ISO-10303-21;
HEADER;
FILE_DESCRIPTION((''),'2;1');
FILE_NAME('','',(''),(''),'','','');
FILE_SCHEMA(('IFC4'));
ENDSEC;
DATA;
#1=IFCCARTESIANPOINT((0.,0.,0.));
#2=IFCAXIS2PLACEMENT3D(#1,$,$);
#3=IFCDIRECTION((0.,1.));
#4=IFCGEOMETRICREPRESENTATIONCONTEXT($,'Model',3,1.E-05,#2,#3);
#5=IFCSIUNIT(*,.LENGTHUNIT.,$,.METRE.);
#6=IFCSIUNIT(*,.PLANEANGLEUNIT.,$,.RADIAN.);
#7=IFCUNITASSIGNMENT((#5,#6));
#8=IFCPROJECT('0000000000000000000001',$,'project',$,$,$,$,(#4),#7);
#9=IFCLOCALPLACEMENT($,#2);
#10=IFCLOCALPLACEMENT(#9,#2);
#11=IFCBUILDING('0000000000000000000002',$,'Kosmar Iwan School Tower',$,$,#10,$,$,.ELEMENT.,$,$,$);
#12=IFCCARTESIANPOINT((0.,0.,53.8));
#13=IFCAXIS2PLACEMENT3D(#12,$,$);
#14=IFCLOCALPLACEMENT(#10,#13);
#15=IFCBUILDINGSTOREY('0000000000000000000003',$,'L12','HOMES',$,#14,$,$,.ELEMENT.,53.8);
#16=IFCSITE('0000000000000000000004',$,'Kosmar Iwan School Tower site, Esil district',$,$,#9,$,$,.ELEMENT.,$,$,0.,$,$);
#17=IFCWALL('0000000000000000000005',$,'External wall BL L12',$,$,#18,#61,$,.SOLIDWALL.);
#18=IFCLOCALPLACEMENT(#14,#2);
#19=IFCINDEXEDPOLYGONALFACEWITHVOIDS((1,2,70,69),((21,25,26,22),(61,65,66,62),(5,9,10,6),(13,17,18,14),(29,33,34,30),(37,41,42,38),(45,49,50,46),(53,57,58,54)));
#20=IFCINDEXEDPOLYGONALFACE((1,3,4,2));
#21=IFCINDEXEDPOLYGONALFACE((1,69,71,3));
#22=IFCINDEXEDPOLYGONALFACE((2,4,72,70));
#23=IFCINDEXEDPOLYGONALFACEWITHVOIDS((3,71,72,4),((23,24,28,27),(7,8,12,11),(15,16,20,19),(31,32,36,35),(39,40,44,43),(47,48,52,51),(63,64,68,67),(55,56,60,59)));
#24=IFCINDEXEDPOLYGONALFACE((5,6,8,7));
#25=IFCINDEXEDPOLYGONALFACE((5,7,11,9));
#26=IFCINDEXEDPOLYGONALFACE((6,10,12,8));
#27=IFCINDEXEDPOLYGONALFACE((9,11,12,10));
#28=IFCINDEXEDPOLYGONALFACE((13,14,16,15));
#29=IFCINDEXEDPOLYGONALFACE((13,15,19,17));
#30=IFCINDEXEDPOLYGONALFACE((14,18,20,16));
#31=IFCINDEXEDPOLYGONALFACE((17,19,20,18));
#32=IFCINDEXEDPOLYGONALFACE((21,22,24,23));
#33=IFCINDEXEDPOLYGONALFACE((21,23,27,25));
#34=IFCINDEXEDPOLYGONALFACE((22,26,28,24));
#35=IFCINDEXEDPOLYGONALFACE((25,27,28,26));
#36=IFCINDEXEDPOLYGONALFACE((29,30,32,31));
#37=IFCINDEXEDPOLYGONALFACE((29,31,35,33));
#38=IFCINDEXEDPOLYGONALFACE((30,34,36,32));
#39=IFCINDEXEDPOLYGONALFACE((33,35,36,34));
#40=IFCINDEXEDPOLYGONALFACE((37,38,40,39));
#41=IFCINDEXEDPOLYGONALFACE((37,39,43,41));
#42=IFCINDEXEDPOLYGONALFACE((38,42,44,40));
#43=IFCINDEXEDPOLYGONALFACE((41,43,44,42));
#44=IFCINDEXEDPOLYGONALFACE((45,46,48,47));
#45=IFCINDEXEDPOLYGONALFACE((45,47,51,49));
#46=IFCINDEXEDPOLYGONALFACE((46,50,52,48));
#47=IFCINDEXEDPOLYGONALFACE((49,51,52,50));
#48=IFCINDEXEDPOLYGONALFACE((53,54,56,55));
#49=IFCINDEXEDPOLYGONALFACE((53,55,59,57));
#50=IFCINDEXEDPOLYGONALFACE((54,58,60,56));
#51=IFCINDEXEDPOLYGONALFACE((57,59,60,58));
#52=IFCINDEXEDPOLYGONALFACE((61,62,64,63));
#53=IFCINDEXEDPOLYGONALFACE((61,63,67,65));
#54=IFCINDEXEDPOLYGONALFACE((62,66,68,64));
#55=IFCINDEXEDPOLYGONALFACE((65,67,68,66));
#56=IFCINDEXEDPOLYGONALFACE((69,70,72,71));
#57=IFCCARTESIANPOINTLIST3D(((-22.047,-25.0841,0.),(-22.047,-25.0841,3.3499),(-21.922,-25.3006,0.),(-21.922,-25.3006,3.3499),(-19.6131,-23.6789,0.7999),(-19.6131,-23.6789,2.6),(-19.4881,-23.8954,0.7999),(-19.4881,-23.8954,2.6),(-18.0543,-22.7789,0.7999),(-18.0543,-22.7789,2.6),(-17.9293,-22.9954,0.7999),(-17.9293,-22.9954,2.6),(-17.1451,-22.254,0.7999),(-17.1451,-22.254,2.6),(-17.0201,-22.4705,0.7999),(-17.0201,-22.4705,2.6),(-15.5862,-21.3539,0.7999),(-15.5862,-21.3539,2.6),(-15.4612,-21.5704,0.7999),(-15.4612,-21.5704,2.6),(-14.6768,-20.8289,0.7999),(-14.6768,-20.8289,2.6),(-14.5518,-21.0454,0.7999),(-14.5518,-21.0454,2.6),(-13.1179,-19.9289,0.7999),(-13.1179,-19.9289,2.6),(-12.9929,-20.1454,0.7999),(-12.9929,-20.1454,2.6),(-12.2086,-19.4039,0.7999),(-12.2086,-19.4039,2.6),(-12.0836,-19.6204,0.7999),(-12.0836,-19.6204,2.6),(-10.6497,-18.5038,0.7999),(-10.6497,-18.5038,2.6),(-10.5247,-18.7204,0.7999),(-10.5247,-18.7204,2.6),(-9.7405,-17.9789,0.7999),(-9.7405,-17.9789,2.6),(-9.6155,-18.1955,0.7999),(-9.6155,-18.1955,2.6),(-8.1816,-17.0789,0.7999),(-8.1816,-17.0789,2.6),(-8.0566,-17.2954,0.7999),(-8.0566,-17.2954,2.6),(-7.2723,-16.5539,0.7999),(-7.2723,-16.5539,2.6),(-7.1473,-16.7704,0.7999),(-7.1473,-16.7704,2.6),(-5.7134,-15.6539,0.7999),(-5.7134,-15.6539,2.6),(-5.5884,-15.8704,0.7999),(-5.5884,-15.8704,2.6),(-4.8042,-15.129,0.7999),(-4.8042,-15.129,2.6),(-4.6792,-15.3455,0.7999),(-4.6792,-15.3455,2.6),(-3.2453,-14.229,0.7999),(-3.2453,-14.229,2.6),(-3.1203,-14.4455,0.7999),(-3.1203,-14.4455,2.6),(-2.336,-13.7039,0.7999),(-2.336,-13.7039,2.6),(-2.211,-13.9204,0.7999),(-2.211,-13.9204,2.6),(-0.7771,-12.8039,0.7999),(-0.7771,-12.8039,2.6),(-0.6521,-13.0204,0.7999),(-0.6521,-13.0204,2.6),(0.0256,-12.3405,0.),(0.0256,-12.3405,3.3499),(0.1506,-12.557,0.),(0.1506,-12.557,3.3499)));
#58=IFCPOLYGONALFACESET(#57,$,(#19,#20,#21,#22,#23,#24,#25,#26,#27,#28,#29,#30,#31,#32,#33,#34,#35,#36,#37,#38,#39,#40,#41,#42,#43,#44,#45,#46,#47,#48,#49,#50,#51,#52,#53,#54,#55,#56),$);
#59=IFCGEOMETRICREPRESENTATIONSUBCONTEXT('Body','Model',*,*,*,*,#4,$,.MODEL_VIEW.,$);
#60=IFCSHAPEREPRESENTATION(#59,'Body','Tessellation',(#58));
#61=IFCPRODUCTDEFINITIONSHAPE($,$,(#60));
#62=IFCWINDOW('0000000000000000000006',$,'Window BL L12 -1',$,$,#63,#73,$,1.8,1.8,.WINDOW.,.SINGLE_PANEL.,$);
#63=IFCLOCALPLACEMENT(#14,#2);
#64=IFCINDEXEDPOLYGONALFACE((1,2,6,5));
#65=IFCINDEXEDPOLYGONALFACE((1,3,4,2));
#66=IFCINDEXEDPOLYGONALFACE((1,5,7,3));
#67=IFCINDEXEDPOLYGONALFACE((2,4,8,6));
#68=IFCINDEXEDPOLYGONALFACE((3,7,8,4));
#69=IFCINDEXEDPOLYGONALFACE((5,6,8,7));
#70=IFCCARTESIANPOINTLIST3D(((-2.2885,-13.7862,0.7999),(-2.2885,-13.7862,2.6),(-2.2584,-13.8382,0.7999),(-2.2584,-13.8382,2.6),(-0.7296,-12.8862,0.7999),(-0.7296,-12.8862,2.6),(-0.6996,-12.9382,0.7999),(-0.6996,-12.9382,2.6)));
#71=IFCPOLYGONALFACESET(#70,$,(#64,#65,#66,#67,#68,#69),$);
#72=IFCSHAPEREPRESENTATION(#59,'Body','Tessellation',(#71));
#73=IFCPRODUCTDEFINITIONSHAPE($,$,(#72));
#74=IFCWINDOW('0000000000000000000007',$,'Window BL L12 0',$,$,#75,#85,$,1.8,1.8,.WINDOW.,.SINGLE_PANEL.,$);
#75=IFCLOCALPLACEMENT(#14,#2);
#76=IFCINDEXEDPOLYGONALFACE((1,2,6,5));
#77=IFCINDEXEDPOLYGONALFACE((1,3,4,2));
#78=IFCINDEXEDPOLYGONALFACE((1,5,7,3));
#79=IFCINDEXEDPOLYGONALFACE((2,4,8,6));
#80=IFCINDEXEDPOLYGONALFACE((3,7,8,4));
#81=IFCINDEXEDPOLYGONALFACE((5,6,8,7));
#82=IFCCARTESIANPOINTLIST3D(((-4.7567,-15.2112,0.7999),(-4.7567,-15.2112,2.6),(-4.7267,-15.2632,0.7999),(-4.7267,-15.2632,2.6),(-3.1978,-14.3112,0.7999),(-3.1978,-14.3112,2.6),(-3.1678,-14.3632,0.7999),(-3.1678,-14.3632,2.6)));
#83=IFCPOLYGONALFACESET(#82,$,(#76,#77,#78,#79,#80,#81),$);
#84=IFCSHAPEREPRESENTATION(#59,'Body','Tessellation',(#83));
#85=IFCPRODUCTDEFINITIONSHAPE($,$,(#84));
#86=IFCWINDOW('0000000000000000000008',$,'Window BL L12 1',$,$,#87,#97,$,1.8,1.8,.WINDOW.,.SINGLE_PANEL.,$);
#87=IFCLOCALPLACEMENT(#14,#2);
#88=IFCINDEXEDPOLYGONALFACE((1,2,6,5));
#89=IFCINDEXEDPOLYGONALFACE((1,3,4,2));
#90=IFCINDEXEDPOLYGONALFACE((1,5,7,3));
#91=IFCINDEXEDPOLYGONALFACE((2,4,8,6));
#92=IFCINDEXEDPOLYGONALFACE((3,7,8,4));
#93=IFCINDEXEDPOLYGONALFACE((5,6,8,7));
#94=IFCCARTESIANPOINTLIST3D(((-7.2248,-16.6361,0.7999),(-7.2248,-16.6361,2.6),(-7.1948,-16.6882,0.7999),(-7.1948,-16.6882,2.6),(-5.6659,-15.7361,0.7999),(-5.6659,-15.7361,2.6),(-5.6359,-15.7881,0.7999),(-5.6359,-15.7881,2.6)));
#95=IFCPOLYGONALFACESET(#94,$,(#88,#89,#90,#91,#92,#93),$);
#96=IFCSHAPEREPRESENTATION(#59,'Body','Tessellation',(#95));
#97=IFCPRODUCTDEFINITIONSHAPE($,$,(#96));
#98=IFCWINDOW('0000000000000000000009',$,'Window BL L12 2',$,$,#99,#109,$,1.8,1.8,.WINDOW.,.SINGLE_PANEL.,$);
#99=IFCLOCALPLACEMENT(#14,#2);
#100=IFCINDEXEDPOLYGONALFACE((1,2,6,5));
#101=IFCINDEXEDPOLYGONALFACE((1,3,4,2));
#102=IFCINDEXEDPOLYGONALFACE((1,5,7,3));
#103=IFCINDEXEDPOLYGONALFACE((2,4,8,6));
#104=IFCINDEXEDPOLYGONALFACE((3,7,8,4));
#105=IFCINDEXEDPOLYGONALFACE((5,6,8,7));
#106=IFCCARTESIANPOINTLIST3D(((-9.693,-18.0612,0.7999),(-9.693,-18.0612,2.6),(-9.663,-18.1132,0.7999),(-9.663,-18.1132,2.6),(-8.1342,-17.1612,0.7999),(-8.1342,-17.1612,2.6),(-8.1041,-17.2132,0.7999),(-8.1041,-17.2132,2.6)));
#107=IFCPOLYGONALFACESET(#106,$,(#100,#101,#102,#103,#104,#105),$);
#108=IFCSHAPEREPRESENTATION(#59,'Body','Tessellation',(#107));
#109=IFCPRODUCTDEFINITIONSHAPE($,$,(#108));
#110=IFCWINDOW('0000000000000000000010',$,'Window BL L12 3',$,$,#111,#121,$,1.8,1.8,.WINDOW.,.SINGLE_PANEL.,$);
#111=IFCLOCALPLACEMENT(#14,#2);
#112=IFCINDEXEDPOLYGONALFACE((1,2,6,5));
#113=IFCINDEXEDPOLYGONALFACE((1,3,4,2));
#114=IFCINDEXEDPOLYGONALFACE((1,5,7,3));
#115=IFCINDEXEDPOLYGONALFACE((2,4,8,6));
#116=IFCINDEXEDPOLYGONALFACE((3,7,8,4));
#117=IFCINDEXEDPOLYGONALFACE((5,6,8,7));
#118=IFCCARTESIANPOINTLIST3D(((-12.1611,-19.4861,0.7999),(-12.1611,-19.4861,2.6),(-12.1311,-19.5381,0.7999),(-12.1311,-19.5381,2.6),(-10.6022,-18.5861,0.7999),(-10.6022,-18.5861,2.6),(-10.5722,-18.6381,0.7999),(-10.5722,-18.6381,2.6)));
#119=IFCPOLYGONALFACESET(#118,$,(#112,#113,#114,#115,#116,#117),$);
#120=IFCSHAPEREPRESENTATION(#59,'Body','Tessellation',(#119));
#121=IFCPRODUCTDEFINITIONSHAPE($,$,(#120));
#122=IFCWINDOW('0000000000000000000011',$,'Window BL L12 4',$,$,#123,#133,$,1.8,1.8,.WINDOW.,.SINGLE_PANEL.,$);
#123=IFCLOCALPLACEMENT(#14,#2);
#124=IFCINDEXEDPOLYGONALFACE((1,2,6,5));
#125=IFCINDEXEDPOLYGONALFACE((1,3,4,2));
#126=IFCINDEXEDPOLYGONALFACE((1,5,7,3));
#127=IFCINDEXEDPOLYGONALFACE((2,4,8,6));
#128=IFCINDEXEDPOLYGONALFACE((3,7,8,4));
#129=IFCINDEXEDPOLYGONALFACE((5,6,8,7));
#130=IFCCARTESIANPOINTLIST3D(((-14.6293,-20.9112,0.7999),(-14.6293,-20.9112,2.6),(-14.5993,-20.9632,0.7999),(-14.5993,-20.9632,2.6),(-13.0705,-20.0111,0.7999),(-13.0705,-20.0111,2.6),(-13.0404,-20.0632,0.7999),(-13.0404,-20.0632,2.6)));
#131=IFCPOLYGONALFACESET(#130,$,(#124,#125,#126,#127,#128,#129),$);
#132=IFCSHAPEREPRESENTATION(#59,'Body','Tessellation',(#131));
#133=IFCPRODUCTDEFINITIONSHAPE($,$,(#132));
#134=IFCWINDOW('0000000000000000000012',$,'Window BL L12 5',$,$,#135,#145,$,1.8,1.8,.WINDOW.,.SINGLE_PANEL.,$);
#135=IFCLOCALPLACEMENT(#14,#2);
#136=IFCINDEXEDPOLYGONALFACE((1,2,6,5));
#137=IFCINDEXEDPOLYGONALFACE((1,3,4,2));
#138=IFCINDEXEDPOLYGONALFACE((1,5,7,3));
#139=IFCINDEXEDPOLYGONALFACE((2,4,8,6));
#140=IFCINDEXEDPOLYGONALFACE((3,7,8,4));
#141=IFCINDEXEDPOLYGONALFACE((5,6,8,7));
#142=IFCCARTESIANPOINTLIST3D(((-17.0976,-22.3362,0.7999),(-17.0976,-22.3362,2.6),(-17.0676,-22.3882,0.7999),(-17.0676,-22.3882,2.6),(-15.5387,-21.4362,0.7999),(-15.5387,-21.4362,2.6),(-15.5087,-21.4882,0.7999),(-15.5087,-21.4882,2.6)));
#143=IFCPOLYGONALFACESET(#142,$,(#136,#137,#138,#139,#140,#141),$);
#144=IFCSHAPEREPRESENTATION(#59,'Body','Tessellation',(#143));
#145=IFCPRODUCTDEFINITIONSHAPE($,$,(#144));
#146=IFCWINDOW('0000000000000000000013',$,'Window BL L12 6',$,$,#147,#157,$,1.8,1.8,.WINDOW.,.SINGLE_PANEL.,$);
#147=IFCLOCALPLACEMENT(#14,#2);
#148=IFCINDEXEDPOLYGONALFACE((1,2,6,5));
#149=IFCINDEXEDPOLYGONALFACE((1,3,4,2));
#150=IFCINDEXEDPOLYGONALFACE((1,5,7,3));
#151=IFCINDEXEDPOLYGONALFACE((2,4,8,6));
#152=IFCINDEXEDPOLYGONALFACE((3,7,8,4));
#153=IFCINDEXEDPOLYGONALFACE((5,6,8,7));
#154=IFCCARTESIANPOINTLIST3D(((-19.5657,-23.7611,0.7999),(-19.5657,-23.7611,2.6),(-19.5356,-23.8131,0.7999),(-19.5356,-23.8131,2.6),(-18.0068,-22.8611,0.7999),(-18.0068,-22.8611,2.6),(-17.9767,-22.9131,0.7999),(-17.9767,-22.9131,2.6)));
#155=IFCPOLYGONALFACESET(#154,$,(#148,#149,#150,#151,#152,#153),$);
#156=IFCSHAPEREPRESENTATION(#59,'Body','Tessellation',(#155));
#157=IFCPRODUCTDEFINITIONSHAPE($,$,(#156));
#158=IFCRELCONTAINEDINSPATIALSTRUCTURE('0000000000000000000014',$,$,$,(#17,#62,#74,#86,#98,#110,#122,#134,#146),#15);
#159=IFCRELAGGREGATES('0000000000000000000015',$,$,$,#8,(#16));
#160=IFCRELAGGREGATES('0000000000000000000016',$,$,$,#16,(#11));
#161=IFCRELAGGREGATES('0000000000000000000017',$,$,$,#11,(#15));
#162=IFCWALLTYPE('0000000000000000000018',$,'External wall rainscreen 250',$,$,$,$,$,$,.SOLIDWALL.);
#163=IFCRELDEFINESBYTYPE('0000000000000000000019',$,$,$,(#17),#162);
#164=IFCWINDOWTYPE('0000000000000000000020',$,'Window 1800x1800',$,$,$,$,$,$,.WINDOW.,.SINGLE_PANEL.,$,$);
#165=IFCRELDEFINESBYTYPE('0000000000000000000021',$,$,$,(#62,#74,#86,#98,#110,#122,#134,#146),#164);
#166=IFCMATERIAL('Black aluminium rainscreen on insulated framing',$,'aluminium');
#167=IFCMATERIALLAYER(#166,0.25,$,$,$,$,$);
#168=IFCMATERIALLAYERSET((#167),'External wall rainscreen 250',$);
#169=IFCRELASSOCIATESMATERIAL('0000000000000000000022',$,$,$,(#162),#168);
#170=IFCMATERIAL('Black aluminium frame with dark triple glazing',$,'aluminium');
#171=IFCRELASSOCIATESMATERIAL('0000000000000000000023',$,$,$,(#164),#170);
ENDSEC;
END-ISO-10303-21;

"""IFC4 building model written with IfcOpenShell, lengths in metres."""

from ifc_helpers import new_model, si_unit, direction, frame, frame_2d, origin, place, context, subcontext, project, spatial, rectangle, extrude, material, layer, layer_set, type_object, element, fill, save


model = new_model("IFC4")

# Units and contexts
model_context = context("Model", 3, precision=1e-05, world=origin(), true_north=direction((0.0, 1.0)))
body_context = subcontext(model_context, "Body", "Model", "MODEL_VIEW")
ifc_project = project(units=[si_unit("LENGTHUNIT", "METRE"), si_unit("PLANEANGLEUNIT", "RADIAN")], contexts=[model_context])

# Site, building, storey
site_placement = place(None, origin())
site = spatial("IfcSite", under=ifc_project, at=site_placement, Name="Kosmar Iwan School Tower site, Esil district", CompositionType="ELEMENT", RefElevation=0.0)
building_placement = place(site_placement, origin())
building = spatial("IfcBuilding", under=site, at=building_placement, Name="Kosmar Iwan School Tower", CompositionType="ELEMENT")
storey_placement = place(building_placement, frame((0.0, 0.0, 53.8)))
storey = spatial("IfcBuildingStorey", under=building, at=storey_placement, Name="L12", Description="HOMES", CompositionType="ELEMENT", Elevation=53.8)

# Wall, openings, windows
ifc_material_1 = material(Name="Black aluminium rainscreen on insulated framing", Category="aluminium")
ifc_layer = layer(ifc_material_1, 0.25)
ifc_layer_set = layer_set([ifc_layer], Name="External wall rainscreen 250")
wall_type = type_object("IfcWallType", Name="External wall rainscreen 250", PredefinedType="SOLIDWALL", material=ifc_layer_set)
wall_1_placement = place(storey_placement, frame((0.0881, -12.4487, 0.0), z_axis=(0.0, 0.0, 1.0), x_axis=(-0.866026, -0.499998, 0.0)))
wall_1 = element("IfcWall", 1, at=wall_1_placement, inside=storey, type_object=wall_type, Name="External wall BL L12", PredefinedType="SOLIDWALL", context=body_context, shape_type="SweptSolid", body=[
    extrude(rectangle(XDim=25.4873, YDim=0.25, at=frame_2d((12.7437, 0.0))), origin(), (0.0, 0.0, 1.0), 3.3499),
])
opening_1_placement = place(wall_1_placement, frame((0.927, 0.0, 0.8)))
opening_1 = element("IfcOpeningElement", 2, at=opening_1_placement, cuts=wall_1, PredefinedType="OPENING", context=body_context, shape_type="SweptSolid", body=[
    extrude(rectangle(XDim=1.8, YDim=1.8, at=frame_2d((0.8999, 0.8999))), frame((0.0, 0.137, 0.0), z_axis=(0.0, -1.0, 0.0), x_axis=(1.0, 0.0, 0.0)), (0.0, 0.0, 1.0), 0.2739),
])
opening_2_placement = place(wall_1_placement, frame((3.7771, 0.0, 0.8)))
opening_2 = element("IfcOpeningElement", 3, at=opening_2_placement, cuts=wall_1, PredefinedType="OPENING", context=body_context, shape_type="SweptSolid", body=[
    extrude(rectangle(XDim=1.8, YDim=1.8, at=frame_2d((0.8999, 0.8999))), frame((0.0, 0.137, 0.0), z_axis=(0.0, -1.0, 0.0), x_axis=(1.0, 0.0, 0.0)), (0.0, 0.0, 1.0), 0.2739),
])
opening_3_placement = place(wall_1_placement, frame((6.627, 0.0, 0.8)))
opening_3 = element("IfcOpeningElement", 4, at=opening_3_placement, cuts=wall_1, PredefinedType="OPENING", context=body_context, shape_type="SweptSolid", body=[
    extrude(rectangle(XDim=1.8, YDim=1.8, at=frame_2d((0.8999, 0.8999))), frame((0.0, 0.137, 0.0), z_axis=(0.0, -1.0, 0.0), x_axis=(1.0, 0.0, 0.0)), (0.0, 0.0, 1.0), 0.2739),
])
opening_4_placement = place(wall_1_placement, frame((9.4771, 0.0, 0.8)))
opening_4 = element("IfcOpeningElement", 5, at=opening_4_placement, cuts=wall_1, PredefinedType="OPENING", context=body_context, shape_type="SweptSolid", body=[
    extrude(rectangle(XDim=1.8, YDim=1.8, at=frame_2d((0.8999, 0.8999))), frame((0.0, 0.137, 0.0), z_axis=(0.0, -1.0, 0.0), x_axis=(1.0, 0.0, 0.0)), (0.0, 0.0, 1.0), 0.2739),
])
opening_5_placement = place(wall_1_placement, frame((12.3269, 0.0, 0.8)))
opening_5 = element("IfcOpeningElement", 6, at=opening_5_placement, cuts=wall_1, PredefinedType="OPENING", context=body_context, shape_type="SweptSolid", body=[
    extrude(rectangle(XDim=1.8, YDim=1.8, at=frame_2d((0.8999, 0.8999))), frame((0.0, 0.137, 0.0), z_axis=(0.0, -1.0, 0.0), x_axis=(1.0, 0.0, 0.0)), (0.0, 0.0, 1.0), 0.2739),
])
opening_6_placement = place(wall_1_placement, frame((15.177, 0.0, 0.8)))
opening_6 = element("IfcOpeningElement", 7, at=opening_6_placement, cuts=wall_1, PredefinedType="OPENING", context=body_context, shape_type="SweptSolid", body=[
    extrude(rectangle(XDim=1.8, YDim=1.8, at=frame_2d((0.8999, 0.8999))), frame((0.0, 0.137, 0.0), z_axis=(0.0, -1.0, 0.0), x_axis=(1.0, 0.0, 0.0)), (0.0, 0.0, 1.0), 0.2739),
])
opening_7_placement = place(wall_1_placement, frame((18.0271, 0.0, 0.8)))
opening_7 = element("IfcOpeningElement", 8, at=opening_7_placement, cuts=wall_1, PredefinedType="OPENING", context=body_context, shape_type="SweptSolid", body=[
    extrude(rectangle(XDim=1.8, YDim=1.8, at=frame_2d((0.8999, 0.8999))), frame((0.0, 0.137, 0.0), z_axis=(0.0, -1.0, 0.0), x_axis=(1.0, 0.0, 0.0)), (0.0, 0.0, 1.0), 0.2739),
])
opening_8_placement = place(wall_1_placement, frame((20.877, 0.0, 0.8)))
opening_8 = element("IfcOpeningElement", 9, at=opening_8_placement, cuts=wall_1, PredefinedType="OPENING", context=body_context, shape_type="SweptSolid", body=[
    extrude(rectangle(XDim=1.8, YDim=1.8, at=frame_2d((0.8999, 0.8999))), frame((0.0, 0.137, 0.0), z_axis=(0.0, -1.0, 0.0), x_axis=(1.0, 0.0, 0.0)), (0.0, 0.0, 1.0), 0.2739),
])
ifc_material_2 = material(Name="Black aluminium frame with dark triple glazing", Category="aluminium")
window_type = type_object("IfcWindowType", Name="Window 1800x1800", PartitioningType="SINGLE_PANEL", PredefinedType="WINDOW", material=ifc_material_2)
window_1_placement = place(opening_1_placement, origin())
window_1 = element("IfcWindow", 10, at=window_1_placement, inside=storey, type_object=window_type, Name="Window BL L12 -1", OverallHeight=1.8, OverallWidth=1.8, PartitioningType="SINGLE_PANEL", PredefinedType="WINDOW", context=body_context, shape_type="SweptSolid", body=[
    extrude(rectangle(XDim=1.8, YDim=1.8, at=frame_2d((0.8999, 0.8999))), frame((0.0, 0.03, 0.0), z_axis=(0.0, -1.0, 0.0), x_axis=(1.0, 0.0, 0.0)), (0.0, 0.0, 1.0), 0.0601),
])
fill(opening_1, window_1)
window_2_placement = place(opening_2_placement, origin())
window_2 = element("IfcWindow", 11, at=window_2_placement, inside=storey, type_object=window_type, Name="Window BL L12 0", OverallHeight=1.8, OverallWidth=1.8, PartitioningType="SINGLE_PANEL", PredefinedType="WINDOW", context=body_context, shape_type="SweptSolid", body=[
    extrude(rectangle(XDim=1.8, YDim=1.8, at=frame_2d((0.8999, 0.8999))), frame((0.0, 0.03, 0.0), z_axis=(0.0, -1.0, 0.0), x_axis=(1.0, 0.0, 0.0)), (0.0, 0.0, 1.0), 0.0601),
])
fill(opening_2, window_2)
window_3_placement = place(opening_3_placement, origin())
window_3 = element("IfcWindow", 12, at=window_3_placement, inside=storey, type_object=window_type, Name="Window BL L12 1", OverallHeight=1.8, OverallWidth=1.8, PartitioningType="SINGLE_PANEL", PredefinedType="WINDOW", context=body_context, shape_type="SweptSolid", body=[
    extrude(rectangle(XDim=1.8, YDim=1.8, at=frame_2d((0.8999, 0.8999))), frame((0.0, 0.03, 0.0), z_axis=(0.0, -1.0, 0.0), x_axis=(1.0, 0.0, 0.0)), (0.0, 0.0, 1.0), 0.0601),
])
fill(opening_3, window_3)
window_4_placement = place(opening_4_placement, origin())
window_4 = element("IfcWindow", 13, at=window_4_placement, inside=storey, type_object=window_type, Name="Window BL L12 2", OverallHeight=1.8, OverallWidth=1.8, PartitioningType="SINGLE_PANEL", PredefinedType="WINDOW", context=body_context, shape_type="SweptSolid", body=[
    extrude(rectangle(XDim=1.8, YDim=1.8, at=frame_2d((0.8999, 0.8999))), frame((0.0, 0.03, 0.0), z_axis=(0.0, -1.0, 0.0), x_axis=(1.0, 0.0, 0.0)), (0.0, 0.0, 1.0), 0.0601),
])
fill(opening_4, window_4)
window_5_placement = place(opening_5_placement, origin())
window_5 = element("IfcWindow", 14, at=window_5_placement, inside=storey, type_object=window_type, Name="Window BL L12 3", OverallHeight=1.8, OverallWidth=1.8, PartitioningType="SINGLE_PANEL", PredefinedType="WINDOW", context=body_context, shape_type="SweptSolid", body=[
    extrude(rectangle(XDim=1.8, YDim=1.8, at=frame_2d((0.8999, 0.8999))), frame((0.0, 0.03, 0.0), z_axis=(0.0, -1.0, 0.0), x_axis=(1.0, 0.0, 0.0)), (0.0, 0.0, 1.0), 0.0601),
])
fill(opening_5, window_5)
window_6_placement = place(opening_6_placement, origin())
window_6 = element("IfcWindow", 15, at=window_6_placement, inside=storey, type_object=window_type, Name="Window BL L12 4", OverallHeight=1.8, OverallWidth=1.8, PartitioningType="SINGLE_PANEL", PredefinedType="WINDOW", context=body_context, shape_type="SweptSolid", body=[
    extrude(rectangle(XDim=1.8, YDim=1.8, at=frame_2d((0.8999, 0.8999))), frame((0.0, 0.03, 0.0), z_axis=(0.0, -1.0, 0.0), x_axis=(1.0, 0.0, 0.0)), (0.0, 0.0, 1.0), 0.0601),
])
fill(opening_6, window_6)
window_7_placement = place(opening_7_placement, origin())
window_7 = element("IfcWindow", 16, at=window_7_placement, inside=storey, type_object=window_type, Name="Window BL L12 5", OverallHeight=1.8, OverallWidth=1.8, PartitioningType="SINGLE_PANEL", PredefinedType="WINDOW", context=body_context, shape_type="SweptSolid", body=[
    extrude(rectangle(XDim=1.8, YDim=1.8, at=frame_2d((0.8999, 0.8999))), frame((0.0, 0.03, 0.0), z_axis=(0.0, -1.0, 0.0), x_axis=(1.0, 0.0, 0.0)), (0.0, 0.0, 1.0), 0.0601),
])
fill(opening_7, window_7)
window_8_placement = place(opening_8_placement, origin())
window_8 = element("IfcWindow", 17, at=window_8_placement, inside=storey, type_object=window_type, Name="Window BL L12 6", OverallHeight=1.8, OverallWidth=1.8, PartitioningType="SINGLE_PANEL", PredefinedType="WINDOW", context=body_context, shape_type="SweptSolid", body=[
    extrude(rectangle(XDim=1.8, YDim=1.8, at=frame_2d((0.8999, 0.8999))), frame((0.0, 0.03, 0.0), z_axis=(0.0, -1.0, 0.0), x_axis=(1.0, 0.0, 0.0)), (0.0, 0.0, 1.0), 0.0601),
])
fill(opening_8, window_8)

save(model, "model.ifc")
